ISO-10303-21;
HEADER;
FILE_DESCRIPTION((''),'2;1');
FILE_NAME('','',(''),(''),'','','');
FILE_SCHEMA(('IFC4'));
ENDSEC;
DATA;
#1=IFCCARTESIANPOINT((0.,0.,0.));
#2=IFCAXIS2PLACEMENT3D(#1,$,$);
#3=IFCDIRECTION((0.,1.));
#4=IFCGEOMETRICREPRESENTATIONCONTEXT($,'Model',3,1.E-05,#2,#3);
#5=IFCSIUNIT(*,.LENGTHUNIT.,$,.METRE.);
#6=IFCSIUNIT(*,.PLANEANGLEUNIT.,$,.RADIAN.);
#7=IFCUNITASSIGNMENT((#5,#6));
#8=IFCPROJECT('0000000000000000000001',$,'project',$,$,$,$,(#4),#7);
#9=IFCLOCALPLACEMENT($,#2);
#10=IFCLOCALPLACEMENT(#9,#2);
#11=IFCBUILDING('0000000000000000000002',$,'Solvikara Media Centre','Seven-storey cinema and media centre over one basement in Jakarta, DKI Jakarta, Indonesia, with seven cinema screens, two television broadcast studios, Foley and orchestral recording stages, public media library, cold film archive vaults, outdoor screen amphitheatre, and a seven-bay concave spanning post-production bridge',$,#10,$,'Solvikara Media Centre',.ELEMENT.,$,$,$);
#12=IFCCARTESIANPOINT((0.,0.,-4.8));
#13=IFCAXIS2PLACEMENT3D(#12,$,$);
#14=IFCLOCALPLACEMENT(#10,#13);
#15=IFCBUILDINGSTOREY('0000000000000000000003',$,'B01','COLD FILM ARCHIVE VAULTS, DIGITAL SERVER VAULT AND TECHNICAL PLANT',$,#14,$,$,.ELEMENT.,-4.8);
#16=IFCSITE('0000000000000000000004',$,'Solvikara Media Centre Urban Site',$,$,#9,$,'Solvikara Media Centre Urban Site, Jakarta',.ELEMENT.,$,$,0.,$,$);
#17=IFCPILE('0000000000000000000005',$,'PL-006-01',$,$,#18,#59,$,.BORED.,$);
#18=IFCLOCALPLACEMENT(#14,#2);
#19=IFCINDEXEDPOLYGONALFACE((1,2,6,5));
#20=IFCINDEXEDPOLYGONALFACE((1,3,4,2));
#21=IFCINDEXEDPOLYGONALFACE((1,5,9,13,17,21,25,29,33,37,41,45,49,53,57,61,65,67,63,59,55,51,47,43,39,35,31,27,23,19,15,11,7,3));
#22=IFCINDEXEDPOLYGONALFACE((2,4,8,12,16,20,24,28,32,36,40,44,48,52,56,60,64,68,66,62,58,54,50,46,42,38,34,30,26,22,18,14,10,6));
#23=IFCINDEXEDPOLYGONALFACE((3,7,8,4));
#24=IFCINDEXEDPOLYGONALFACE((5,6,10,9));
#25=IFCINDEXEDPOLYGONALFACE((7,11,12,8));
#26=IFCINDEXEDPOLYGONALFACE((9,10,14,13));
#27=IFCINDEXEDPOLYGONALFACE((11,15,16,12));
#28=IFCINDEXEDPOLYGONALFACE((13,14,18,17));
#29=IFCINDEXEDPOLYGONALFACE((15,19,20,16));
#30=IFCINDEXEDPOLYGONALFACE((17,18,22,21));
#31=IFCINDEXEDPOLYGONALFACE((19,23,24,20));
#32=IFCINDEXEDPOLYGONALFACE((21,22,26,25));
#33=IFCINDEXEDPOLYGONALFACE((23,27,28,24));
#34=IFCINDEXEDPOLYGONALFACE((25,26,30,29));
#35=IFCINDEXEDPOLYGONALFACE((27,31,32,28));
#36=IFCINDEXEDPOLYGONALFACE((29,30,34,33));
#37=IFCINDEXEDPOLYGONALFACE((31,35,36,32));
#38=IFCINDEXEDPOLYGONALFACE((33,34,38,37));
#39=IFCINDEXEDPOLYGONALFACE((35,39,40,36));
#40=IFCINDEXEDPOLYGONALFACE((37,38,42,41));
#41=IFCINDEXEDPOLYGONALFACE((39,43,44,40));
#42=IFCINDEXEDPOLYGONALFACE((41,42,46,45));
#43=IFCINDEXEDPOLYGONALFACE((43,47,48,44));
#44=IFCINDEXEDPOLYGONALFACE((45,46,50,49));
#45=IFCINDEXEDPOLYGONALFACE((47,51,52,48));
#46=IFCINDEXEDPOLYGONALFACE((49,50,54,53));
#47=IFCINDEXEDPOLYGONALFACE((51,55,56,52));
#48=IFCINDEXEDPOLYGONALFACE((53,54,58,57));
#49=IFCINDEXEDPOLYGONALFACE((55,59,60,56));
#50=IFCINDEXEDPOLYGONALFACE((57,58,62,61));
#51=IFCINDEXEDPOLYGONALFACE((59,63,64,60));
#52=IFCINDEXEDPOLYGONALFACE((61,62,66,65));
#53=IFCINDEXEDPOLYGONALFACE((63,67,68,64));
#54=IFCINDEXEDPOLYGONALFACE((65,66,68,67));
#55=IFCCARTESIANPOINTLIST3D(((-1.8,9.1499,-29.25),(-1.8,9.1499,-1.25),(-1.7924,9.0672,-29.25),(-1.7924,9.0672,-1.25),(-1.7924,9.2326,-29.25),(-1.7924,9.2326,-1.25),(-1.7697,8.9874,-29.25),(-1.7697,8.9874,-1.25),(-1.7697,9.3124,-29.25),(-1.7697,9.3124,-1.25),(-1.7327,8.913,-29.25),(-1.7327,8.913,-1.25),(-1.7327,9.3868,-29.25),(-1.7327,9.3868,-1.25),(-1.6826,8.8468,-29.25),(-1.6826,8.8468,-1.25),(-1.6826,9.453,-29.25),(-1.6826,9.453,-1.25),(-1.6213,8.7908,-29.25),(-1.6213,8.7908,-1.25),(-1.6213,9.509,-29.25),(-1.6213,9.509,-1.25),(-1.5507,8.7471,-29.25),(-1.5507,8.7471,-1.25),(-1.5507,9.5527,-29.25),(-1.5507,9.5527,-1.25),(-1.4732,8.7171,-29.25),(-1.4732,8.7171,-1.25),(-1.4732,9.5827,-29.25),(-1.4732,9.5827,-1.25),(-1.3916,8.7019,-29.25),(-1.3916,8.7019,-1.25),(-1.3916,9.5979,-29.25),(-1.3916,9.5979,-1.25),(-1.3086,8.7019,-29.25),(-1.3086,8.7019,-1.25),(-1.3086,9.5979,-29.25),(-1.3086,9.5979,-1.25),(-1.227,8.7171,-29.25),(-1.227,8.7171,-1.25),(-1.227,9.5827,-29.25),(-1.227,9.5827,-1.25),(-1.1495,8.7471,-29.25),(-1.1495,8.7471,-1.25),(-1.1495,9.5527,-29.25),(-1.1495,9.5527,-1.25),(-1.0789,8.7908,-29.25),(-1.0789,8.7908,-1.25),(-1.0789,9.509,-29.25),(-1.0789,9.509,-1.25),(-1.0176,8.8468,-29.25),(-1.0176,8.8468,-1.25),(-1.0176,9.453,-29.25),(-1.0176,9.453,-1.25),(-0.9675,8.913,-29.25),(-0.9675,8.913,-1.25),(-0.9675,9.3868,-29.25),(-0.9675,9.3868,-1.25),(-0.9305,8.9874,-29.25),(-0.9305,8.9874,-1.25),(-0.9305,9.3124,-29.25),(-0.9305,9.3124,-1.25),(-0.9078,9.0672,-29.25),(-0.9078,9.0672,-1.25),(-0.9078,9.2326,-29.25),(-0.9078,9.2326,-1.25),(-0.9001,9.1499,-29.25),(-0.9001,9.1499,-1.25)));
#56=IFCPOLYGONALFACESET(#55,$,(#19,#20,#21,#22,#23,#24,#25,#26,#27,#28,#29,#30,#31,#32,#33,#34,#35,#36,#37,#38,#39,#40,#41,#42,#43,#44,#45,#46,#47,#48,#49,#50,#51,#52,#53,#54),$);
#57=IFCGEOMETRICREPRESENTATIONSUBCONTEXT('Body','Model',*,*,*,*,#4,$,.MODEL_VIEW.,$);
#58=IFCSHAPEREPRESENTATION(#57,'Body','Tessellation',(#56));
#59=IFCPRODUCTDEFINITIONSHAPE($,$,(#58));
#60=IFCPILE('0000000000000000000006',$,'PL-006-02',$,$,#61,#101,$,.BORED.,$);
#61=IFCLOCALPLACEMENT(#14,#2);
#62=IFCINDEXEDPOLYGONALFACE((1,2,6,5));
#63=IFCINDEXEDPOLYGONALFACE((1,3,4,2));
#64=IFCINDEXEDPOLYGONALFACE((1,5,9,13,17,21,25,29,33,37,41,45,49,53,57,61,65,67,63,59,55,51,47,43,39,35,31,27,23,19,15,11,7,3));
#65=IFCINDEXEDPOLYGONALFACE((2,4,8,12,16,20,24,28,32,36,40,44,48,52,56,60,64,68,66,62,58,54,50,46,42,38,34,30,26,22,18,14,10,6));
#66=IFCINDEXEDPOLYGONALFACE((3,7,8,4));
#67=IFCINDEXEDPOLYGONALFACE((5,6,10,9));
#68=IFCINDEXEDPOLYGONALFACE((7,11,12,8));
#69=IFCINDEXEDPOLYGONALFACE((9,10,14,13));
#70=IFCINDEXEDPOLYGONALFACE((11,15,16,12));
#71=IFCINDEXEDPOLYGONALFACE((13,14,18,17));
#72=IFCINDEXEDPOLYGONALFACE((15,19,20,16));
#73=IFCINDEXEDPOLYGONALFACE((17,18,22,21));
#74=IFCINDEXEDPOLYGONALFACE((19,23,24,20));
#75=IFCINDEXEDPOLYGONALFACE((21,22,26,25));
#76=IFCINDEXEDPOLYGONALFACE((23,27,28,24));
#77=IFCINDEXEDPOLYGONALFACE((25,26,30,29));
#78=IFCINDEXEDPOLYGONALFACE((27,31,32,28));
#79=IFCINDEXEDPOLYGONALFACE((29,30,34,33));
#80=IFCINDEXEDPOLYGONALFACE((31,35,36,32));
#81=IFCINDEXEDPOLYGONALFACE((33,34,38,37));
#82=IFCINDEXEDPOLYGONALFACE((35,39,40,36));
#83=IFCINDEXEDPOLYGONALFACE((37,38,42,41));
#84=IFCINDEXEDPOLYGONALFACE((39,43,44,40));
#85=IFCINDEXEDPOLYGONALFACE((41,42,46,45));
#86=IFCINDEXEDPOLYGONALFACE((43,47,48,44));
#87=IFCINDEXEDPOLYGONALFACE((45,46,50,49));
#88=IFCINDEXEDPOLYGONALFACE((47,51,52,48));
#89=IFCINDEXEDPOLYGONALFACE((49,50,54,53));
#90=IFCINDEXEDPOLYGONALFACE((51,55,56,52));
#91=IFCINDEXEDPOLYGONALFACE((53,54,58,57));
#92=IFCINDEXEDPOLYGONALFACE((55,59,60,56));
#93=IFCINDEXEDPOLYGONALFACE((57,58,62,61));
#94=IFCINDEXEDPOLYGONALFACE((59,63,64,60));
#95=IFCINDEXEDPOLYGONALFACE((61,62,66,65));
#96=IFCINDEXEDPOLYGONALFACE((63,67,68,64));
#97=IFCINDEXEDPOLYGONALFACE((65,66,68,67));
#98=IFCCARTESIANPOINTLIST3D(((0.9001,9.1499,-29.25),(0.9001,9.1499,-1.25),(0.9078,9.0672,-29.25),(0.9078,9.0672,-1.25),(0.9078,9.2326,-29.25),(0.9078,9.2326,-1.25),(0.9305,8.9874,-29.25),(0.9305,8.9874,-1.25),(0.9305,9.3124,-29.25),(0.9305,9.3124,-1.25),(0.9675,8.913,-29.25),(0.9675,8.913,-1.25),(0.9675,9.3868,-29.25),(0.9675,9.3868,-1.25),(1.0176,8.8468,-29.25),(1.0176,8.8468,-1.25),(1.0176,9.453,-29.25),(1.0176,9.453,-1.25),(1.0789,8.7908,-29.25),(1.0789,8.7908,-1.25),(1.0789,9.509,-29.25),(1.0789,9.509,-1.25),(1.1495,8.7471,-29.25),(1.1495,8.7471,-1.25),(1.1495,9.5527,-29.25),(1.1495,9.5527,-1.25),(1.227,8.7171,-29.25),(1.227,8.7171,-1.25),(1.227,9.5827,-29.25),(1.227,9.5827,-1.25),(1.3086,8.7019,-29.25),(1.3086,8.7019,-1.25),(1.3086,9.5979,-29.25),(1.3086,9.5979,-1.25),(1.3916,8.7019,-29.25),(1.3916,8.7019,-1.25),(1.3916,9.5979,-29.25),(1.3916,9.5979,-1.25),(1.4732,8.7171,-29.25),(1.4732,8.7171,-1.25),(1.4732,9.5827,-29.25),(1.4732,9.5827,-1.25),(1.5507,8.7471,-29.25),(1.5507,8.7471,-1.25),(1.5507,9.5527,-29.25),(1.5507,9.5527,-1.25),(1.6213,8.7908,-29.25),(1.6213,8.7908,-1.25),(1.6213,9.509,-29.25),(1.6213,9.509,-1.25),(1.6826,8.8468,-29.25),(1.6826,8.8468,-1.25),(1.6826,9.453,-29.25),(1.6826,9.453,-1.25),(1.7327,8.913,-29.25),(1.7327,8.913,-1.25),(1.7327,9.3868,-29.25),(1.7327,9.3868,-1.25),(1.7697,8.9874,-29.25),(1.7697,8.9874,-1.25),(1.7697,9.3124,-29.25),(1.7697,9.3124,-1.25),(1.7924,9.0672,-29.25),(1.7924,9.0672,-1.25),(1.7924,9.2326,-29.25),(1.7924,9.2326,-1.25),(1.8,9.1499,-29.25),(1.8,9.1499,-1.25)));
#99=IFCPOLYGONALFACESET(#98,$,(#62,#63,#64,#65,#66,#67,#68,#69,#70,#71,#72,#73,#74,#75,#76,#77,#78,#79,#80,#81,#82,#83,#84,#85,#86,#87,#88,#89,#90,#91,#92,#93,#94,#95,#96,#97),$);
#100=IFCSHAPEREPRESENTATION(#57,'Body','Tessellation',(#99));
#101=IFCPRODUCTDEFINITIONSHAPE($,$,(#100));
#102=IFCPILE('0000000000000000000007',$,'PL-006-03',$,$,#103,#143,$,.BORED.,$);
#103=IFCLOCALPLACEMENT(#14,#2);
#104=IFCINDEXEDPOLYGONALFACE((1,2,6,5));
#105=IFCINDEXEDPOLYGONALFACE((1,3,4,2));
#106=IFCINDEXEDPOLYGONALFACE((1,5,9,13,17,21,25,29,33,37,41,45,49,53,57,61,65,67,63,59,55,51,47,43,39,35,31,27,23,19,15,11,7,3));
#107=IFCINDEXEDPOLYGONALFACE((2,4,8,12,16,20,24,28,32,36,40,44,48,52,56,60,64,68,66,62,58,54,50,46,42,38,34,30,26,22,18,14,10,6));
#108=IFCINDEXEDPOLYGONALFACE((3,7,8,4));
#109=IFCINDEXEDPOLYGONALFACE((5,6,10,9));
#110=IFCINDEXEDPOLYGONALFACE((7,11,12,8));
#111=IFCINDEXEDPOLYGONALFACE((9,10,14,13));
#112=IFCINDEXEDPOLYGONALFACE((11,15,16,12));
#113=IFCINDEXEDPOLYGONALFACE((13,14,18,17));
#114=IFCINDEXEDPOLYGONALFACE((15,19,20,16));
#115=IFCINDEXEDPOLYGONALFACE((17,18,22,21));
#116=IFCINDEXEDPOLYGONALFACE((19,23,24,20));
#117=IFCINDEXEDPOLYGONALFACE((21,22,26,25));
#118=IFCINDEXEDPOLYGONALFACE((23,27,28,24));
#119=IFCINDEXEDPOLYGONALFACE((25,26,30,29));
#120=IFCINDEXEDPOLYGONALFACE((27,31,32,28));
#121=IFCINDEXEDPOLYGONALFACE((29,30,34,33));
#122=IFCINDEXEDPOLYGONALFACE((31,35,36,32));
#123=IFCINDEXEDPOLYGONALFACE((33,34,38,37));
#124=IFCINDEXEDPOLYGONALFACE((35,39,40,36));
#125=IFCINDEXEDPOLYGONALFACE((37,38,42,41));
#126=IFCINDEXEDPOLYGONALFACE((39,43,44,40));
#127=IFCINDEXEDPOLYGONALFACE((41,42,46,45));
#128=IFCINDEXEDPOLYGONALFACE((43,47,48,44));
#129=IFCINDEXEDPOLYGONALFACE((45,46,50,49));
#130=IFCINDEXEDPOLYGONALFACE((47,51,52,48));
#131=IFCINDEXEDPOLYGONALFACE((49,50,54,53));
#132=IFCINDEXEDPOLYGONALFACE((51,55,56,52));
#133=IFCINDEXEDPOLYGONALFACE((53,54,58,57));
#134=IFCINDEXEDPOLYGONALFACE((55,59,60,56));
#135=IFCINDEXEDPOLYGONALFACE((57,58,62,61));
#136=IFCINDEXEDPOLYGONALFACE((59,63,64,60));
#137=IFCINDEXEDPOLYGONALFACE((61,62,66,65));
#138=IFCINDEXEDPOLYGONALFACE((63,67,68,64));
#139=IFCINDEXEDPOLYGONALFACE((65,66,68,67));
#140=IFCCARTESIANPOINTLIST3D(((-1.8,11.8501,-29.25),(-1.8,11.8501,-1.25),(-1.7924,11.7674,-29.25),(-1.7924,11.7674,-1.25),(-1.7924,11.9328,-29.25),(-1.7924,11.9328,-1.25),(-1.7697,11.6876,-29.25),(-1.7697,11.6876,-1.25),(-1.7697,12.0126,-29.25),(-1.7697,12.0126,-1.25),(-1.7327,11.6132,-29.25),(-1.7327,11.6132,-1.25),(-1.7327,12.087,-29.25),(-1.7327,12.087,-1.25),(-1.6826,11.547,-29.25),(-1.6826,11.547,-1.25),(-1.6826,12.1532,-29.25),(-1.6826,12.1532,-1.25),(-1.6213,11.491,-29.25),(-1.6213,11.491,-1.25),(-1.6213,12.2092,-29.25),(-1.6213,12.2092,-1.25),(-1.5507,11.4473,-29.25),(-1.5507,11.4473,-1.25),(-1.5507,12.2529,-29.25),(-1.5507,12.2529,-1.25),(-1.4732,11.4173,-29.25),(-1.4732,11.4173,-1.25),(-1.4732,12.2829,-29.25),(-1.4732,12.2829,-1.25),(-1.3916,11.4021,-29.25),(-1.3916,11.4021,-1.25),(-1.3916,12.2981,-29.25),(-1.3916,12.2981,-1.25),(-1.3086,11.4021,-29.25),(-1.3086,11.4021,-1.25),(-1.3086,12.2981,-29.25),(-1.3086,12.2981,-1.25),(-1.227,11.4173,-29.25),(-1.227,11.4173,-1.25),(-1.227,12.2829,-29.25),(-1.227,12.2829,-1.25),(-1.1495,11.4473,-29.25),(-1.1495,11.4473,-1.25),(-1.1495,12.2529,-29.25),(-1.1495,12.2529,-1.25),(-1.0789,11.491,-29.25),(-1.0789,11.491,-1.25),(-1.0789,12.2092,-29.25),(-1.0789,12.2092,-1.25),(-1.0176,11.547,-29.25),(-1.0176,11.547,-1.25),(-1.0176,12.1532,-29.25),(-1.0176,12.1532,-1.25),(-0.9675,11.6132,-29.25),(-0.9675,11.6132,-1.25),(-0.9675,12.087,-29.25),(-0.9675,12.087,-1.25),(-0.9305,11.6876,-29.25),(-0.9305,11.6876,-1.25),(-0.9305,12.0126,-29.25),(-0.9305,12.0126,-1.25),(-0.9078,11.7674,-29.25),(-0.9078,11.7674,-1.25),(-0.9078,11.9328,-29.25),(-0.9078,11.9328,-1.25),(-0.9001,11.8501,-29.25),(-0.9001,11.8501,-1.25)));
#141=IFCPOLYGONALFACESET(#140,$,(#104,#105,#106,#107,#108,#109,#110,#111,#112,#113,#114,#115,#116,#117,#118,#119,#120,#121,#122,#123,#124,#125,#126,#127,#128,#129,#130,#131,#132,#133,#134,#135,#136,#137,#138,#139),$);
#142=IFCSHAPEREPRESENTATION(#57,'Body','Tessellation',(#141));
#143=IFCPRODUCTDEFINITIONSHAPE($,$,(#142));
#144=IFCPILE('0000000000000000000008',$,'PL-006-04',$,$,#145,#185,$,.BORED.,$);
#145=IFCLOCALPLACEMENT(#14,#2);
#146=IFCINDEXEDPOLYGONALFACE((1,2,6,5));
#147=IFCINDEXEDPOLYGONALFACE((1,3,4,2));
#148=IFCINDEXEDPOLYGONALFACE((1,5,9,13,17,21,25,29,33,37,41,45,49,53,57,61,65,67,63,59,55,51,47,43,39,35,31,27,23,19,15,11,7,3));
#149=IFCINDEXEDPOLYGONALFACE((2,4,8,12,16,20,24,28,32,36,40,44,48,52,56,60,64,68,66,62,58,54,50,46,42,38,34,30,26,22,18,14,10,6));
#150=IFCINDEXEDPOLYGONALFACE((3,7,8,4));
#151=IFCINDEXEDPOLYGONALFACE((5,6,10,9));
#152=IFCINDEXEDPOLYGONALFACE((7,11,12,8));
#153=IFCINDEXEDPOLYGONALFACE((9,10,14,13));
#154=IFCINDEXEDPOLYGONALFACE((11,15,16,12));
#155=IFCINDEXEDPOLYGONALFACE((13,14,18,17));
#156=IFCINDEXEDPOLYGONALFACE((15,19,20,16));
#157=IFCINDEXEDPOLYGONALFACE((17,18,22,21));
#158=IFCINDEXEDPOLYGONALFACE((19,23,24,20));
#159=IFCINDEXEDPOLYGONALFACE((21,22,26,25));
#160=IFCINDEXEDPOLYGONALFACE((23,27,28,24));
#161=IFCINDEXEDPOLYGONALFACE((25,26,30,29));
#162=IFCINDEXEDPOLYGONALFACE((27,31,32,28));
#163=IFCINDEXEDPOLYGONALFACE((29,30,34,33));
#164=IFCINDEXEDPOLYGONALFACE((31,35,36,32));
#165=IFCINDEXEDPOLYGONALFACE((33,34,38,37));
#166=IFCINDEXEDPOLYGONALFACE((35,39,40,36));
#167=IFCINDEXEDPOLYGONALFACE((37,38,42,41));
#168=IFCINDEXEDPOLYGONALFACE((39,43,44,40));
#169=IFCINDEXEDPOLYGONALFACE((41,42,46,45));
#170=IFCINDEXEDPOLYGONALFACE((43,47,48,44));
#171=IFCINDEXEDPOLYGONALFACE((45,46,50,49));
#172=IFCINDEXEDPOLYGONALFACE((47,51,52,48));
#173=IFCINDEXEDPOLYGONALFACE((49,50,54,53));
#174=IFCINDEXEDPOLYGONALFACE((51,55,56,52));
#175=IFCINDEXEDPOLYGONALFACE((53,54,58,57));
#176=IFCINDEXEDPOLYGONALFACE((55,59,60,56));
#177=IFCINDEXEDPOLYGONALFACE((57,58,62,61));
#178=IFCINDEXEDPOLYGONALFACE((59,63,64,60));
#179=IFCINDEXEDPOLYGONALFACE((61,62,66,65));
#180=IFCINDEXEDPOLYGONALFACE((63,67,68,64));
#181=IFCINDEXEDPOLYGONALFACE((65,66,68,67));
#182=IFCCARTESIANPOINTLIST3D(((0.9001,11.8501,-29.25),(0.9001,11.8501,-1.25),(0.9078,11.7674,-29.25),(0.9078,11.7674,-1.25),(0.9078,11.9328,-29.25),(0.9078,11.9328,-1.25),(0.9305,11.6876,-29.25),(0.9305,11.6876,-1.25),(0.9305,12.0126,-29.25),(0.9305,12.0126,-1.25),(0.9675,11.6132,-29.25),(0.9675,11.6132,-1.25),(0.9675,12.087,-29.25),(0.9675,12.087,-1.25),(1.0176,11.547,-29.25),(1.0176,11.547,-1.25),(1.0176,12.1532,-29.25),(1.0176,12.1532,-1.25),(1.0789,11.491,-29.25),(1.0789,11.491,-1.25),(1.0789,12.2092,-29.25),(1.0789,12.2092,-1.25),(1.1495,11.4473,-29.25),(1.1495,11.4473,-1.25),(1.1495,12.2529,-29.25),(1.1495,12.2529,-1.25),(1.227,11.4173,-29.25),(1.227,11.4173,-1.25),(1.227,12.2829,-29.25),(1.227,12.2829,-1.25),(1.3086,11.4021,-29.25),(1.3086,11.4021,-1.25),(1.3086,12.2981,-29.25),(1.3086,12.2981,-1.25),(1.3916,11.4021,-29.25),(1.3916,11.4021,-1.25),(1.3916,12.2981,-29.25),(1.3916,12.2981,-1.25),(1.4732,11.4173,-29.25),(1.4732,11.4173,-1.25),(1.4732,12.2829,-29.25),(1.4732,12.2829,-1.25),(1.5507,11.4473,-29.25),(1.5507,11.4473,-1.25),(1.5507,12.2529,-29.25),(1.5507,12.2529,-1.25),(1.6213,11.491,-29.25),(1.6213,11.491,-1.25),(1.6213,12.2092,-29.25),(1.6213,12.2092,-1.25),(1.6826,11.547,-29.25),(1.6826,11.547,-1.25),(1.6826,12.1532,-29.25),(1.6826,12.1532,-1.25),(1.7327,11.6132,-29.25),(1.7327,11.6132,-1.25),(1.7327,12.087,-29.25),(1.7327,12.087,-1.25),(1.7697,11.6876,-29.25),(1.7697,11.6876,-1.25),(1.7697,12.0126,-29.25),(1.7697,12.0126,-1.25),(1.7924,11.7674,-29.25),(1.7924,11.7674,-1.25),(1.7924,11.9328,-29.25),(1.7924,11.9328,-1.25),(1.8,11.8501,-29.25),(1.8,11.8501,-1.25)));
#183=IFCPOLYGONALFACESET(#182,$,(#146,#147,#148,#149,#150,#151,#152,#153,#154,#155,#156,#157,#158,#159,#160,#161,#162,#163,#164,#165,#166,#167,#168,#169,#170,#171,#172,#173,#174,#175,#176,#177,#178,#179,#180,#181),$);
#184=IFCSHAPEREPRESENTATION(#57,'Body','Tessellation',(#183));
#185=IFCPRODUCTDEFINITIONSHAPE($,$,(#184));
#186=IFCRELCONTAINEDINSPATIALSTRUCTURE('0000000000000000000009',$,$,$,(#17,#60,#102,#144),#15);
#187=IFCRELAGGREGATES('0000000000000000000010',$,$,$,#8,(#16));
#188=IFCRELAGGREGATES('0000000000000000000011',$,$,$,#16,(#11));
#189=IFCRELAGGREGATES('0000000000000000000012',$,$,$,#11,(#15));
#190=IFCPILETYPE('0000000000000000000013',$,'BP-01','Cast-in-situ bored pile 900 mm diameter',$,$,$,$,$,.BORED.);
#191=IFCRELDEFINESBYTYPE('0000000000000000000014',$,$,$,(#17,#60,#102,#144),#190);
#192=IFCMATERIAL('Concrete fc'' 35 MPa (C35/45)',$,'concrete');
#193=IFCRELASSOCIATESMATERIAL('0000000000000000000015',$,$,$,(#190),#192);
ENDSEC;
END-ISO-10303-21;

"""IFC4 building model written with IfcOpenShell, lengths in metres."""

from ifc_helpers import new_model, si_unit, direction, frame, origin, origin_2d, place, context, subcontext, project, spatial, circle, extrude, material, material_profile, profile_set, type_object, element, save


model = new_model("IFC4")

# Units and contexts
model_context = context("Model", 3, precision=1e-05, world=origin(), true_north=direction((0.0, 1.0)))
body_context = subcontext(model_context, "Body", "Model", "MODEL_VIEW")
ifc_project = project(units=[si_unit("LENGTHUNIT", "METRE"), si_unit("PLANEANGLEUNIT", "RADIAN")], contexts=[model_context])

# Site, building, storey
site_placement = place(None, origin())
site = spatial("IfcSite", under=ifc_project, at=site_placement, Name="Solvikara Media Centre Urban Site", LongName="Solvikara Media Centre Urban Site, Jakarta", CompositionType="ELEMENT", RefElevation=0.0)
building_placement = place(site_placement, origin())
building = spatial("IfcBuilding", under=site, at=building_placement, Name="Solvikara Media Centre", Description="Seven-storey cinema and media centre over one basement in Jakarta, DKI Jakarta, Indonesia, with seven cinema screens, two television broadcast studios, Foley and orchestral recording stages, public media library, cold film archive vaults, outdoor screen amphitheatre, and a seven-bay concave spanning post-production bridge", LongName="Solvikara Media Centre", CompositionType="ELEMENT")
storey_placement = place(building_placement, frame((0.0, 0.0, -4.8)))
storey = spatial("IfcBuildingStorey", under=building, at=storey_placement, Name="B01", Description="COLD FILM ARCHIVE VAULTS, DIGITAL SERVER VAULT AND TECHNICAL PLANT", CompositionType="ELEMENT", Elevation=-4.8)

# Piles
ifc_material_1 = material(Name="Concrete fc' 35 MPa (C35/45)", Category="concrete")
ifc_material_profile_1 = material_profile(ifc_material_1, circle(Radius=0.45, at=origin_2d()), Name="BORED PILE D900")
ifc_profile_set_1 = profile_set([ifc_material_profile_1], Name="Concrete fc' 35 MPa (C35/45)")
pile_type_1 = type_object("IfcPileType", Name="BP-01", Description="Cast-in-situ bored pile 900 mm diameter", PredefinedType="BORED", material=ifc_profile_set_1)
for number, where, z_axis, x_axis, name in (
    (1, (-1.3501, 9.1499, -1.25), (0.0, 0.0, -1.0), (1.0, 0.0, 0.0), "PL-006-01"),
    (2, (1.3501, 9.1499, -1.25), (0.0, 0.0, -1.0), (1.0, 0.0, 0.0), "PL-006-02"),
    (3, (-1.3501, 11.8501, -1.25), (0.0, 0.0, -1.0), (1.0, 0.0, 0.0), "PL-006-03"),
    (4, (1.3501, 11.8501, -1.25), (0.0, 0.0, -1.0), (1.0, 0.0, 0.0), "PL-006-04"),
):
    element("IfcPile", number, at=place(storey_placement, frame(where, z_axis=z_axis, x_axis=x_axis)), inside=storey, type_object=pile_type_1, Name=name, PredefinedType="BORED", context=body_context, shape_type="SweptSolid", body=[
        extrude(circle(Radius=0.45, at=origin_2d()), origin(), (0.0, 0.0, 1.0), 28.0),
    ])

save(model, "model.ifc")
